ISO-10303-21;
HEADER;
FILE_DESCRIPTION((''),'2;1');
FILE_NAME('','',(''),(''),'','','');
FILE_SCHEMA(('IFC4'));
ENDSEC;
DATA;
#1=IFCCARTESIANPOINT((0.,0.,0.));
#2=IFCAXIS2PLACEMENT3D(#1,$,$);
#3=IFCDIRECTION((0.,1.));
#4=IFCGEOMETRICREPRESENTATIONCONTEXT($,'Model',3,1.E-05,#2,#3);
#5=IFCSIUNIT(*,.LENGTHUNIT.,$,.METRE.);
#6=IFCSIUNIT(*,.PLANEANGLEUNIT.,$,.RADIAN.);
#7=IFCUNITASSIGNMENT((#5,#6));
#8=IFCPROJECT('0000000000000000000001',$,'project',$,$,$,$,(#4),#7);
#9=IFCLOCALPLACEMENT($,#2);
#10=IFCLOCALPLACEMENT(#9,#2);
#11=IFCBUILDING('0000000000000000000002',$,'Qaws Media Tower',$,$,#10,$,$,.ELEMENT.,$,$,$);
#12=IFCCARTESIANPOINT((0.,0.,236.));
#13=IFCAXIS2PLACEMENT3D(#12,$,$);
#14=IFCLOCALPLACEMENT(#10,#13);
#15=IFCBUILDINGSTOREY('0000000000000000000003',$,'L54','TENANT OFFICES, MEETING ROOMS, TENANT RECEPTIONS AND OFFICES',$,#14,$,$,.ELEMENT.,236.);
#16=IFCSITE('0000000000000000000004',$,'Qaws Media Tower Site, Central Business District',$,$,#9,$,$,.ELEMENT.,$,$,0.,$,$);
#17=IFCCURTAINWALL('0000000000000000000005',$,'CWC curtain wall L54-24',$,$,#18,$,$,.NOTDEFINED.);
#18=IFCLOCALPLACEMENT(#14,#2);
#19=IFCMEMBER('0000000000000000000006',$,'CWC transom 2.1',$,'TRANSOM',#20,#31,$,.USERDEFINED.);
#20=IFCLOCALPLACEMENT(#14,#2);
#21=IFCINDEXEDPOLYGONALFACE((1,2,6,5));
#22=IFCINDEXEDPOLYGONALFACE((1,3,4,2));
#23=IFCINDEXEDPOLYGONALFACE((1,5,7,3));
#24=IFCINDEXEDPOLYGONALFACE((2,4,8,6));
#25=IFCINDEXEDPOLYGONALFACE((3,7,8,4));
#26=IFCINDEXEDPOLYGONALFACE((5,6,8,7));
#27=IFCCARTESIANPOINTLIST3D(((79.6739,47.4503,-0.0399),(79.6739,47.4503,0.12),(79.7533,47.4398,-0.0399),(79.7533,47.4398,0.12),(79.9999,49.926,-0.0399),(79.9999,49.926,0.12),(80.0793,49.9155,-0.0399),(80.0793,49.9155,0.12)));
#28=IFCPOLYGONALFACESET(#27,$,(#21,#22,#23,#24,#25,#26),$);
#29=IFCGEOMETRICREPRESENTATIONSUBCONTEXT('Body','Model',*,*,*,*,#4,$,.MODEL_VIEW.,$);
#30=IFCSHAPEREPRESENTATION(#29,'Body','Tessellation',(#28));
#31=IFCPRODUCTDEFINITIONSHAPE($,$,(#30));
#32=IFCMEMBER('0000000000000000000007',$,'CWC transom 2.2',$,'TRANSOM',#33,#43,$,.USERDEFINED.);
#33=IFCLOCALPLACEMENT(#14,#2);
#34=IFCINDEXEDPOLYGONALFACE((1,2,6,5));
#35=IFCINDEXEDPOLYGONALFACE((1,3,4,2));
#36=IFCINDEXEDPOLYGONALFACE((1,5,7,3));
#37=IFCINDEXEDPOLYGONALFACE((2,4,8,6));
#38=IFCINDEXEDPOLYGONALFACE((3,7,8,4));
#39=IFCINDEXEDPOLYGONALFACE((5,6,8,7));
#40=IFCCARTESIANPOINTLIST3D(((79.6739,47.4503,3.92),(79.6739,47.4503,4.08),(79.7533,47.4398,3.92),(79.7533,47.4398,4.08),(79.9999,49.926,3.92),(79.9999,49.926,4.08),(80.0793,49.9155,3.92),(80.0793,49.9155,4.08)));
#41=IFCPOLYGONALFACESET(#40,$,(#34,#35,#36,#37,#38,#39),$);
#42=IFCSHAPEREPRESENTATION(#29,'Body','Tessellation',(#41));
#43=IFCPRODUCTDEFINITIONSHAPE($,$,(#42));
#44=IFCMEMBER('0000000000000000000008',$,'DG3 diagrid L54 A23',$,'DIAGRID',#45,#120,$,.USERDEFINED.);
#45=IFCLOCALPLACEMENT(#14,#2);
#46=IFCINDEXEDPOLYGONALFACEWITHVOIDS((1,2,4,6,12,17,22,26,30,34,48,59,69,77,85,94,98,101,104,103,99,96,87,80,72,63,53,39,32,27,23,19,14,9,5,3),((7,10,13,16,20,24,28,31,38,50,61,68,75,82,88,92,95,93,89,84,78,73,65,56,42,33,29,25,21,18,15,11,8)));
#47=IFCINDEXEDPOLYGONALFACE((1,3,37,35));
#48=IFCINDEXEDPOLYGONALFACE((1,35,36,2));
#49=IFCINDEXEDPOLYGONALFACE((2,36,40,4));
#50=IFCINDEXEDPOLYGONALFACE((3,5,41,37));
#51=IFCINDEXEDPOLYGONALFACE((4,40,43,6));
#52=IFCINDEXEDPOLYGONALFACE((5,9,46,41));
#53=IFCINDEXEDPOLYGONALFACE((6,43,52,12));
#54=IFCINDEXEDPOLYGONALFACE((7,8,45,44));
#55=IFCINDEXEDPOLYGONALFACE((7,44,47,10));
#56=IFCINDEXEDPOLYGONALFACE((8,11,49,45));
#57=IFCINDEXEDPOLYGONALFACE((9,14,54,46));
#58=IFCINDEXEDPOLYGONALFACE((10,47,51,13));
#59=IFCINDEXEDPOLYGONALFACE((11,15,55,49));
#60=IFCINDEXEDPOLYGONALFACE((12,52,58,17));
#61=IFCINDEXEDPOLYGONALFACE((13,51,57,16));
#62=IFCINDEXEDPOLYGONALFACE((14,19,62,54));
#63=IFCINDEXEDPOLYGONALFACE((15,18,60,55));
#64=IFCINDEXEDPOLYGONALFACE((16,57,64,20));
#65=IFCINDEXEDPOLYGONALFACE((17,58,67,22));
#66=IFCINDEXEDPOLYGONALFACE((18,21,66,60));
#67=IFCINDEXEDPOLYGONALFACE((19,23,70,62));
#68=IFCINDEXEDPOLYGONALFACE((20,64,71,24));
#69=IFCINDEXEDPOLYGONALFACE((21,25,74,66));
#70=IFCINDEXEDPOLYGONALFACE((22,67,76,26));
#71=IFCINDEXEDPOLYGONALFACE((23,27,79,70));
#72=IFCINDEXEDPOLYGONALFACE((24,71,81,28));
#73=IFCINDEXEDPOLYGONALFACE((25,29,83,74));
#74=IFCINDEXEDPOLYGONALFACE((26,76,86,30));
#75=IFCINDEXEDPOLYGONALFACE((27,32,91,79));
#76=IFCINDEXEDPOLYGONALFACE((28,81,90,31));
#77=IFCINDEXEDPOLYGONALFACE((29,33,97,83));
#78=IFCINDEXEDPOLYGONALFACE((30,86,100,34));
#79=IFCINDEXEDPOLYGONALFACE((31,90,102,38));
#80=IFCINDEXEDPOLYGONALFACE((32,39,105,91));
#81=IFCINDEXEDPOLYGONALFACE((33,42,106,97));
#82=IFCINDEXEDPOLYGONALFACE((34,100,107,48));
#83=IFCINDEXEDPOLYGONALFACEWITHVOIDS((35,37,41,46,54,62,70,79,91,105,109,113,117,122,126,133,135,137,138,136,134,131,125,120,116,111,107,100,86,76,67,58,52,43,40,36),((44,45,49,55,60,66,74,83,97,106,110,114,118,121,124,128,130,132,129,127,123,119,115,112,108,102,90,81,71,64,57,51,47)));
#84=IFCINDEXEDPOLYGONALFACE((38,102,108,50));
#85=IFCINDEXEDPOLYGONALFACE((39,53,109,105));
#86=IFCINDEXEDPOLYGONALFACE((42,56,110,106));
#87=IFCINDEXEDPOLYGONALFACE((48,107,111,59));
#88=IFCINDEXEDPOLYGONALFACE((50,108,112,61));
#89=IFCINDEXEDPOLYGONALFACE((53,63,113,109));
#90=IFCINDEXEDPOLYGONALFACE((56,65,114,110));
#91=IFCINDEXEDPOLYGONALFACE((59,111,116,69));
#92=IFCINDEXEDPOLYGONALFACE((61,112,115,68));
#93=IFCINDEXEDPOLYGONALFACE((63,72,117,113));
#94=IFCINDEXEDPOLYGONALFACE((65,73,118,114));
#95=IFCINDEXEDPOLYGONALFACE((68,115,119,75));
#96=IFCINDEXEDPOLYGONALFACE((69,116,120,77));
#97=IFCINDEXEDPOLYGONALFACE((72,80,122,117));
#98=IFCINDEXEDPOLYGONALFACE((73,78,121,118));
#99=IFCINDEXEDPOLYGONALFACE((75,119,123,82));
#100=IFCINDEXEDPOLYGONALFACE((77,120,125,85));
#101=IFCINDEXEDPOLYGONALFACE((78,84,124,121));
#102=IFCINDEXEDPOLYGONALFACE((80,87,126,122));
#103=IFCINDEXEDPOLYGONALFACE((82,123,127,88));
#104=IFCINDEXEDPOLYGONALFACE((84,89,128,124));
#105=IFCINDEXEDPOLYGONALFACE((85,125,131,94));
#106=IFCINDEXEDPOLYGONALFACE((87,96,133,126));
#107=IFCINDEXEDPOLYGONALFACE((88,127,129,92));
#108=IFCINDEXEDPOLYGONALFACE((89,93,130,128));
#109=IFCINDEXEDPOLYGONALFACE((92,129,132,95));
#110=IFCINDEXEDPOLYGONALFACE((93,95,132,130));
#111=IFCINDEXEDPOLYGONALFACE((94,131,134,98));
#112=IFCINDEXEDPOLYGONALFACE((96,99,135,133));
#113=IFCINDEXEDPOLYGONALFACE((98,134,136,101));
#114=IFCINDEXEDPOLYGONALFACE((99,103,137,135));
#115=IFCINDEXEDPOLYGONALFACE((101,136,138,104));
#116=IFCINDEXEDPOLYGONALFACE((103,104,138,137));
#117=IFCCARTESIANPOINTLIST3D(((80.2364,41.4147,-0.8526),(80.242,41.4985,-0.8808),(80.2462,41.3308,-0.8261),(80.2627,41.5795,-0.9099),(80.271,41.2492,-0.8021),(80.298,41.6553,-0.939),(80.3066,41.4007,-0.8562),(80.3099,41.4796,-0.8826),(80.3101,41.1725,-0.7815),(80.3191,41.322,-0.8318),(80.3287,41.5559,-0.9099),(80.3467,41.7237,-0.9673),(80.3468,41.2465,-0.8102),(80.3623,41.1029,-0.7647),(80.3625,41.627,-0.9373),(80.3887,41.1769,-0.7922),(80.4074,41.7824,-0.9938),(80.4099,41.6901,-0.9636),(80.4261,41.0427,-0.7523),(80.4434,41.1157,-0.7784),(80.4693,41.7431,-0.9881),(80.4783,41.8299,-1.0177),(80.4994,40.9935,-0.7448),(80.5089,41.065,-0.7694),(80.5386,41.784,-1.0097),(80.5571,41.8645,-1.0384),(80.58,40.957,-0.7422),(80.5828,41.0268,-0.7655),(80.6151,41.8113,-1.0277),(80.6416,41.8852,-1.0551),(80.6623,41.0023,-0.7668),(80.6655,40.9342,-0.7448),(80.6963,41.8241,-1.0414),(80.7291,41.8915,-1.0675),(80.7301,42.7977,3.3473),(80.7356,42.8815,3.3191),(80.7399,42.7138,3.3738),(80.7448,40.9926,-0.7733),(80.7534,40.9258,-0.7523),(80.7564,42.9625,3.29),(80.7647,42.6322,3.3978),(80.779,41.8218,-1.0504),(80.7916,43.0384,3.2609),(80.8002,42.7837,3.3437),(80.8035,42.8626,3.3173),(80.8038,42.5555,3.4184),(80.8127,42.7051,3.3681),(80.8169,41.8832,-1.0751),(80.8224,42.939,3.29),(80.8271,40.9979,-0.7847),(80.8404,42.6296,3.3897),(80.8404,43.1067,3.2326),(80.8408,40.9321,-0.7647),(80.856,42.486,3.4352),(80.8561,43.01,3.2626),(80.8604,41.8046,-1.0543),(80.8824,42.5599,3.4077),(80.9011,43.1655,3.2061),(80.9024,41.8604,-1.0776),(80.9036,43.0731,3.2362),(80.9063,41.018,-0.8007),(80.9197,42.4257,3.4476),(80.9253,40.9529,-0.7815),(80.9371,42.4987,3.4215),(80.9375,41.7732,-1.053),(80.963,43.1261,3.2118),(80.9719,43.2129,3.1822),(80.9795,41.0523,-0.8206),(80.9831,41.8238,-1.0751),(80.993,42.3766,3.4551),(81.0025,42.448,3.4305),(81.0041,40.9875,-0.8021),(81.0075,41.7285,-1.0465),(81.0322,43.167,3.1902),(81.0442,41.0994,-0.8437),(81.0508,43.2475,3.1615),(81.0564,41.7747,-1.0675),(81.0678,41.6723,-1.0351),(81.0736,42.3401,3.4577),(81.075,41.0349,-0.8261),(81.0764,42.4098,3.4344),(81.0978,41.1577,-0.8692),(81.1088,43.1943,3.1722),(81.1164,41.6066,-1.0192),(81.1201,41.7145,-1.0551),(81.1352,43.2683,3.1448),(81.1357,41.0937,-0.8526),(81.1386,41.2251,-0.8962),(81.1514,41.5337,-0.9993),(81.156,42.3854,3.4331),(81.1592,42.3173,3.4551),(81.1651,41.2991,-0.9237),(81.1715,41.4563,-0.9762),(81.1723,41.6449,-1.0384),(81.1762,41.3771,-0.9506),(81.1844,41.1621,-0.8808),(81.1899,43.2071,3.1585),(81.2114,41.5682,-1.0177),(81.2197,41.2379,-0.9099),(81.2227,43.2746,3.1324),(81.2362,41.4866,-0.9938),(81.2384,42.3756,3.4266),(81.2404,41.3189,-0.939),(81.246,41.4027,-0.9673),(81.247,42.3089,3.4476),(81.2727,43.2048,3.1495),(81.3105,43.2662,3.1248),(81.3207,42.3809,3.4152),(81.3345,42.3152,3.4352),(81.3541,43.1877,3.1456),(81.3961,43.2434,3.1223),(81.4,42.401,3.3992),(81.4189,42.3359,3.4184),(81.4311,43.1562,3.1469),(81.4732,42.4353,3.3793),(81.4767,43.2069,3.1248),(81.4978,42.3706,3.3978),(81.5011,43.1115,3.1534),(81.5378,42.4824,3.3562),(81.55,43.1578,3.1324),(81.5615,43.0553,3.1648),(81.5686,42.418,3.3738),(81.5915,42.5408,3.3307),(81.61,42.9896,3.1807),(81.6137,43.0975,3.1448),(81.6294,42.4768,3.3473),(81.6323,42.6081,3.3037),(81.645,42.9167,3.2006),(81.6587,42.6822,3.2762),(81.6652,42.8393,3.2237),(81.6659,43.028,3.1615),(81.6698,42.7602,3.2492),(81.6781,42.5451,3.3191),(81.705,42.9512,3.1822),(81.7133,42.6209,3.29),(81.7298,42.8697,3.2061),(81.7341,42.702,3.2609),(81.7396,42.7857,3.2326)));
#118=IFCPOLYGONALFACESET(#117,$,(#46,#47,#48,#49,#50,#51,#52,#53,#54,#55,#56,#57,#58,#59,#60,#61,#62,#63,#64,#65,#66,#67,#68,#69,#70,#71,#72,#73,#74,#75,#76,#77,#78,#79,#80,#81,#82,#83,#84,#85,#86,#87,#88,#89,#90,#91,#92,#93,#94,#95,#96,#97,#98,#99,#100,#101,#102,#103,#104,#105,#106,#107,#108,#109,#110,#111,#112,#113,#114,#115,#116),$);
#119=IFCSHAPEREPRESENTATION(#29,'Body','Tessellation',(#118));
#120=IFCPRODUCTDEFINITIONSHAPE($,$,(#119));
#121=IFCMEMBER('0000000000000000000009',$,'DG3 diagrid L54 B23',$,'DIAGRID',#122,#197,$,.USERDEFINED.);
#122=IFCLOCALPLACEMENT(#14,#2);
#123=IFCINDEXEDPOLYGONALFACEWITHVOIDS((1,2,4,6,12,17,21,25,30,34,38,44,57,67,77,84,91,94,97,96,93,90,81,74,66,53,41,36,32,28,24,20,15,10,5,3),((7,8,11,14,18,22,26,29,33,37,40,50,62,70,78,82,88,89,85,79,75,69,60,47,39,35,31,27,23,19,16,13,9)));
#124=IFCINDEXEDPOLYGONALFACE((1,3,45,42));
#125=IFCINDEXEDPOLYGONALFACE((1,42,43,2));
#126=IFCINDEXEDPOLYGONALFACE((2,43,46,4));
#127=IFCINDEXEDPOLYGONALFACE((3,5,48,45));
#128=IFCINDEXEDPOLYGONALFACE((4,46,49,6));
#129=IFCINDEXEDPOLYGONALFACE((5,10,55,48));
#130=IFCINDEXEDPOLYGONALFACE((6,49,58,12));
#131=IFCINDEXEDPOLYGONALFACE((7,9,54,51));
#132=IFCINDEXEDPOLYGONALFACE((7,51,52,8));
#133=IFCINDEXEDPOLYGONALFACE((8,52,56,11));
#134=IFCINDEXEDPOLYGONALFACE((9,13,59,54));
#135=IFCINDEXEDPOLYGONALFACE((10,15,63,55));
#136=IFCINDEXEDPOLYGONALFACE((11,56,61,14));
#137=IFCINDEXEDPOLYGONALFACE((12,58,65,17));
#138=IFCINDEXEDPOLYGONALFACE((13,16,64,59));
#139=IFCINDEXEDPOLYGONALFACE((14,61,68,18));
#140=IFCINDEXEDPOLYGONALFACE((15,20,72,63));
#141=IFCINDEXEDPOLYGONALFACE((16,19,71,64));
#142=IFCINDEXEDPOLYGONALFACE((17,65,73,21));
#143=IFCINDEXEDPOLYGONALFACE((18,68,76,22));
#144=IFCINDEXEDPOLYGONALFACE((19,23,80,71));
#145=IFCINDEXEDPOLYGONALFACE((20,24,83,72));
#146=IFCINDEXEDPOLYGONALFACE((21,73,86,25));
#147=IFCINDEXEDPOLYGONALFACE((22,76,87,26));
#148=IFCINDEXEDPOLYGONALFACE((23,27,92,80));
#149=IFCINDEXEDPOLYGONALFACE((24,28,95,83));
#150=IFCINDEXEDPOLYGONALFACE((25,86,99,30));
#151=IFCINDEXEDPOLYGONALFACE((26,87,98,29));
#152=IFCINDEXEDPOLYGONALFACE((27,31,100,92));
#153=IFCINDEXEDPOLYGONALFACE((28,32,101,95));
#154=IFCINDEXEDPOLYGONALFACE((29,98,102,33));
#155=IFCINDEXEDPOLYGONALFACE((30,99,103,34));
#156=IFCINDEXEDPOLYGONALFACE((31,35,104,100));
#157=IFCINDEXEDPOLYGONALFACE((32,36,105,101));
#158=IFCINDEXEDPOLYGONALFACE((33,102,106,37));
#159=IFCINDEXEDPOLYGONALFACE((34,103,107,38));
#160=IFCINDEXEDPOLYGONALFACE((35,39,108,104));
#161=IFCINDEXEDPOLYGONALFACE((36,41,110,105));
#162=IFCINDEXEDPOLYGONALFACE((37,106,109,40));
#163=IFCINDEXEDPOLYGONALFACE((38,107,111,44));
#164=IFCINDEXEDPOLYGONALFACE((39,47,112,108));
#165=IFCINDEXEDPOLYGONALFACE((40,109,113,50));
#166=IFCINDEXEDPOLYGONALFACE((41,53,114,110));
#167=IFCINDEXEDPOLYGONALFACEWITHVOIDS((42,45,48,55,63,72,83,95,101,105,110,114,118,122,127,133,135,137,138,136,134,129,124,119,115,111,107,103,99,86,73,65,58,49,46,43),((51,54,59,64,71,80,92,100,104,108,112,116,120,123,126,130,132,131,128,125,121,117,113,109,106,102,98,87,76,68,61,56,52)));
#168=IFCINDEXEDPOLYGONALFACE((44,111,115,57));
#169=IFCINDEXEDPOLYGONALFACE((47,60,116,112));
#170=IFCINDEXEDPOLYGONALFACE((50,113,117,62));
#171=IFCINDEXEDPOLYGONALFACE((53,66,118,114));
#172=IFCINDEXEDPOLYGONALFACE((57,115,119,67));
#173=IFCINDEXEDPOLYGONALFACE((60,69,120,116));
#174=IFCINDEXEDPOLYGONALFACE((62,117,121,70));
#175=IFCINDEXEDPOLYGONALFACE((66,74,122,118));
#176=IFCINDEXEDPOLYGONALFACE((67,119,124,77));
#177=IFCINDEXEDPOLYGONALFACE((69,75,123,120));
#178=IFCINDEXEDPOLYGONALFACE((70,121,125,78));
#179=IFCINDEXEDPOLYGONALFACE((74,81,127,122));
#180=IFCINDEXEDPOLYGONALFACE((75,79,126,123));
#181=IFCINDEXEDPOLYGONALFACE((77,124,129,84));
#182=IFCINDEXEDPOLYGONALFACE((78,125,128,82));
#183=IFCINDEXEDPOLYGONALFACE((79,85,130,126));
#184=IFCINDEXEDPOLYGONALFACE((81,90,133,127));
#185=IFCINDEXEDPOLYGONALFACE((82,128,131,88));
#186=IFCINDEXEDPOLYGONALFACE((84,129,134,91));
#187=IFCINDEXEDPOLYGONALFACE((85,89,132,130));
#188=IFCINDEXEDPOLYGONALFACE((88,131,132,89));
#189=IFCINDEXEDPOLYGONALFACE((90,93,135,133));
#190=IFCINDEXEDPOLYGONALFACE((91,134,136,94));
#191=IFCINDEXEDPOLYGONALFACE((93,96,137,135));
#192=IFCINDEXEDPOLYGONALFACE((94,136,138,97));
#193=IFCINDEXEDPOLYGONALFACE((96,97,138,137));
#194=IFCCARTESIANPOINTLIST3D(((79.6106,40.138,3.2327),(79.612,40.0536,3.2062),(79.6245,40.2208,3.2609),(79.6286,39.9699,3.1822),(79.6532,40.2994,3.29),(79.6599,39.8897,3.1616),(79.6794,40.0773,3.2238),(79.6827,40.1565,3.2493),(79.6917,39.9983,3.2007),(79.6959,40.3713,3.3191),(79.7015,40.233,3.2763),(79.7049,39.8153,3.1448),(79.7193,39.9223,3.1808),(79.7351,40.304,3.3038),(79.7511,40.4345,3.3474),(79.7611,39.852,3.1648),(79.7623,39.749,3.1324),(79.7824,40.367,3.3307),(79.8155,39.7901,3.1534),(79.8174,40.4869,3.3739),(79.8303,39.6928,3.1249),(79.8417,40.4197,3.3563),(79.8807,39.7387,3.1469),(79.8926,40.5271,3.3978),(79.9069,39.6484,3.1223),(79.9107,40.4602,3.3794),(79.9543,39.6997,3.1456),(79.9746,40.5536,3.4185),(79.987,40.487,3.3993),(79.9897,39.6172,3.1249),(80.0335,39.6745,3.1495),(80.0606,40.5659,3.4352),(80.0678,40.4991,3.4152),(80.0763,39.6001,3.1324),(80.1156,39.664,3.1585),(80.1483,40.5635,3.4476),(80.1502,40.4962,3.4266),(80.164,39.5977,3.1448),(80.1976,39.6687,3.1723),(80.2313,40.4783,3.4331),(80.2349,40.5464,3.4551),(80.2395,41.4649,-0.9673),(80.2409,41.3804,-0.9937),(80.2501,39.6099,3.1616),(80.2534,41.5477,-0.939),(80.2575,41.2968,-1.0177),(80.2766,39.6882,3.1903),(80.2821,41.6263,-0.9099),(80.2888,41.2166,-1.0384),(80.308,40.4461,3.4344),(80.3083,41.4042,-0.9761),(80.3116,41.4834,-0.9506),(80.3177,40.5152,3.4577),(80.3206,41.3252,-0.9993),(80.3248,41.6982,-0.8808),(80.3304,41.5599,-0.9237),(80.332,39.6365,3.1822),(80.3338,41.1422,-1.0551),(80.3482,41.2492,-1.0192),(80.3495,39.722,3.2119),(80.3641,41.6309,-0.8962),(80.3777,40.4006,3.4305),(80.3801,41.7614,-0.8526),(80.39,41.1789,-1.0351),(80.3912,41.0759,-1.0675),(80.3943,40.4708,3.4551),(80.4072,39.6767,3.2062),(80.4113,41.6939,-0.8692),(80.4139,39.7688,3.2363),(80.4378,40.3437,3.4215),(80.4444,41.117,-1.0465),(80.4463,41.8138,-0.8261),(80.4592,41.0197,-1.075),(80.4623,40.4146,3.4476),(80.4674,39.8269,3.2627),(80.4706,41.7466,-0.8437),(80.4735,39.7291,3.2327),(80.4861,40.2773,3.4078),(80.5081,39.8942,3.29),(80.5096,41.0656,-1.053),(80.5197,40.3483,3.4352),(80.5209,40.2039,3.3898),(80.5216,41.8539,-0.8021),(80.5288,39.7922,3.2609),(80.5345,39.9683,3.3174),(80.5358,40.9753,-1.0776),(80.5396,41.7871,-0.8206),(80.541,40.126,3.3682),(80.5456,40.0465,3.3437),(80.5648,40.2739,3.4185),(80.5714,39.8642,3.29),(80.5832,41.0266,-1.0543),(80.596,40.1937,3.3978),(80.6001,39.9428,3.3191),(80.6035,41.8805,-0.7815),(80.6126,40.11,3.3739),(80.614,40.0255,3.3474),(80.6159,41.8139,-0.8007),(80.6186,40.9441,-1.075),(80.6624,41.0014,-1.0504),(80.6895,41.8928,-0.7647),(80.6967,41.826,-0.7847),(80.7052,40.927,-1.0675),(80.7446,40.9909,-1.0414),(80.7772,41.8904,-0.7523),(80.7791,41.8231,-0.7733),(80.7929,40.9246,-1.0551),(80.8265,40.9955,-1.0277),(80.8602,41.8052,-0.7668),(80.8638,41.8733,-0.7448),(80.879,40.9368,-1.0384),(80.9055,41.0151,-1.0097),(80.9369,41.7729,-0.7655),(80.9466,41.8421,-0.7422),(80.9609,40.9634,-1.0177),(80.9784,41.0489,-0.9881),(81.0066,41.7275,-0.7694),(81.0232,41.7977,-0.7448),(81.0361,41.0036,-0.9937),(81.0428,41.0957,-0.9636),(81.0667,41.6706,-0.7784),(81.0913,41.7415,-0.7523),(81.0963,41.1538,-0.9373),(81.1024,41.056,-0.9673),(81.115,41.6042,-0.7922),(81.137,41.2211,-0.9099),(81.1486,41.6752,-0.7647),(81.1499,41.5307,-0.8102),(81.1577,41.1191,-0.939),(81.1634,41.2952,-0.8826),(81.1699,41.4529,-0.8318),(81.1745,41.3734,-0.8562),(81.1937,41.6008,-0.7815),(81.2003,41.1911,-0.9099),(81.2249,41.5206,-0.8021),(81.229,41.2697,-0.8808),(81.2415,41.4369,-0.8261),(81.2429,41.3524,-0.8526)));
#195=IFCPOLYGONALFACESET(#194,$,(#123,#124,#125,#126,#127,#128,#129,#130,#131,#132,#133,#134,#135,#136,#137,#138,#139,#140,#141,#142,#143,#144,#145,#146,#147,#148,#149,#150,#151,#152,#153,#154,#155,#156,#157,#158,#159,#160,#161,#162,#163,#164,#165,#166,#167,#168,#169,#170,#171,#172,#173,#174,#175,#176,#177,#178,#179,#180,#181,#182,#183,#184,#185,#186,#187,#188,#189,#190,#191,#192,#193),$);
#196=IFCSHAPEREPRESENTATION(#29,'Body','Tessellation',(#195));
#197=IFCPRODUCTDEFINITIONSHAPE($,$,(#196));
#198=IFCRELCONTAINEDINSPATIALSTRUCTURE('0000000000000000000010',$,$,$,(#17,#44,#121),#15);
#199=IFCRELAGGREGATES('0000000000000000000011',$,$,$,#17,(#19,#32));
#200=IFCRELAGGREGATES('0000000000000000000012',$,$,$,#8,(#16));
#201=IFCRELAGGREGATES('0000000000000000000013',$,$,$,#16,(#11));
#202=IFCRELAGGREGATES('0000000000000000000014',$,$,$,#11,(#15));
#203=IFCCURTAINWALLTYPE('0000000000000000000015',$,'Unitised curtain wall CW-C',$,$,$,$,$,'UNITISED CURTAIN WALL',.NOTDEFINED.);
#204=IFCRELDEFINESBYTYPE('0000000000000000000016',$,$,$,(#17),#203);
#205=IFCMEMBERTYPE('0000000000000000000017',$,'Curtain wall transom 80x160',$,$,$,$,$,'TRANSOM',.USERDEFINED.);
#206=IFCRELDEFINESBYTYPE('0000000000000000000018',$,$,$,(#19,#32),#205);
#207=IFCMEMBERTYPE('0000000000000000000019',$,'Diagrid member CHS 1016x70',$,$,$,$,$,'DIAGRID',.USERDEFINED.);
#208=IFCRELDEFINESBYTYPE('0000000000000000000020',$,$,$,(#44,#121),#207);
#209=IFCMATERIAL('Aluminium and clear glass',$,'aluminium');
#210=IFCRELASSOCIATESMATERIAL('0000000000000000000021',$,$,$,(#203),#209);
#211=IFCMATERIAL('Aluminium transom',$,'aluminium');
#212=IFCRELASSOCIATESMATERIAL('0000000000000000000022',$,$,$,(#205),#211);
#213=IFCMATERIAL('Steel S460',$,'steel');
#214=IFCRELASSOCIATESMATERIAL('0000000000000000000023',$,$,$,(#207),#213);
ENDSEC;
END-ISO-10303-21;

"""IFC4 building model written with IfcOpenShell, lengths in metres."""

from ifc_helpers import new_model, si_unit, direction, frame, origin, origin_2d, place, context, subcontext, project, spatial, rectangle, hollow_circle, extrude, material, material_profile, profile_set, type_object, element, aggregate, save


model = new_model("IFC4")

# Units and contexts
model_context = context("Model", 3, precision=1e-05, world=origin(), true_north=direction((0.0, 1.0)))
body_context = subcontext(model_context, "Body", "Model", "MODEL_VIEW")
ifc_project = project(units=[si_unit("LENGTHUNIT", "METRE"), si_unit("PLANEANGLEUNIT", "RADIAN")], contexts=[model_context])

# Site, building, storey
site_placement = place(None, origin())
site = spatial("IfcSite", under=ifc_project, at=site_placement, Name="Qaws Media Tower Site, Central Business District", CompositionType="ELEMENT", RefElevation=0.0)
building_placement = place(site_placement, origin())
building = spatial("IfcBuilding", under=site, at=building_placement, Name="Qaws Media Tower", CompositionType="ELEMENT")
storey_placement = place(building_placement, frame((0.0, 0.0, 236.0)))
storey = spatial("IfcBuildingStorey", under=building, at=storey_placement, Name="L54", Description="TENANT OFFICES, MEETING ROOMS, TENANT RECEPTIONS AND OFFICES", CompositionType="ELEMENT", Elevation=236.0)

# Curtain wall
ifc_material_1 = material(Name="Aluminium and clear glass", Category="aluminium")
curtain_wall_type = type_object("IfcCurtainWallType", Name="Unitised curtain wall CW-C", ElementType="UNITISED CURTAIN WALL", PredefinedType="NOTDEFINED", material=ifc_material_1)
curtain_wall_1_placement = place(storey_placement, origin())
curtain_wall_1 = element("IfcCurtainWall", 1, at=curtain_wall_1_placement, inside=storey, type_object=curtain_wall_type, Name="CWC curtain wall L54-24", PredefinedType="NOTDEFINED")

# Members
ifc_material_2 = material(Name="Aluminium transom", Category="aluminium")
ifc_material_profile_1 = material_profile(ifc_material_2, rectangle(XDim=0.0801, YDim=0.1599, at=origin_2d()), Name="80x160")
ifc_profile_set_1 = profile_set([ifc_material_profile_1], Name="Aluminium transom")
member_type_1 = type_object("IfcMemberType", Name="Curtain wall transom 80x160", ElementType="TRANSOM", PredefinedType="USERDEFINED", material=ifc_profile_set_1)
member_1_placement = place(storey_placement, frame((79.7136, 47.4451, 0.04), z_axis=(0.13053, 0.991444, 0.0), x_axis=(-0.991444, 0.13053, 0.0)))
member_1 = element("IfcMember", 2, at=member_1_placement, type_object=member_type_1, Name="CWC transom 2.1", ObjectType="TRANSOM", PredefinedType="USERDEFINED", context=body_context, shape_type="SweptSolid", body=[
    extrude(rectangle(XDim=0.0801, YDim=0.1599, at=origin_2d()), origin(), (0.0, 0.0, 1.0), 2.4971),
])
member_2_placement = place(storey_placement, frame((79.7136, 47.4451, 4.0), z_axis=(0.13053, 0.991444, 0.0), x_axis=(-0.991444, 0.13053, 0.0)))
member_2 = element("IfcMember", 3, at=member_2_placement, type_object=member_type_1, Name="CWC transom 2.2", ObjectType="TRANSOM", PredefinedType="USERDEFINED", context=body_context, shape_type="SweptSolid", body=[
    extrude(rectangle(XDim=0.0801, YDim=0.1599, at=origin_2d()), origin(), (0.0, 0.0, 1.0), 2.4971),
])

# Members
ifc_material_3 = material(Name="Steel S460", Category="steel")
ifc_material_profile_2 = material_profile(ifc_material_3, hollow_circle(Radius=0.5081, WallThickness=0.0701, at=origin_2d()), Name="CHS 1016x70")
ifc_profile_set_2 = profile_set([ifc_material_profile_2], Name="Steel S460")
member_type_2 = type_object("IfcMemberType", Name="Diagrid member CHS 1016x70", ElementType="DIAGRID", PredefinedType="USERDEFINED", material=ifc_profile_set_2)
for number, where, z_axis, x_axis, name in (
    (4, (80.7412, 41.4087, -0.9099), (0.110951, 0.310849, 0.943961), (-0.941806, 0.336157, 0.0), "DG3 diagrid L54 A23"),
    (5, (80.7412, 41.4087, -0.9099), (-0.141351, -0.298231, 0.943969), (0.90364, -0.428294, 0.0), "DG3 diagrid L54 B23"),
):
    element("IfcMember", number, at=place(storey_placement, frame(where, z_axis=z_axis, x_axis=x_axis)), inside=storey, type_object=member_type_2, Name=name, ObjectType="DIAGRID", PredefinedType="USERDEFINED", context=body_context, shape_type="SweptSolid", body=[
        extrude(hollow_circle(Radius=0.5081, WallThickness=0.0701, at=origin_2d()), origin(), (0.0, 0.0, 1.0), 4.4492),
    ])

aggregate(curtain_wall_1, [member_1, member_2])

save(model, "model.ifc")
